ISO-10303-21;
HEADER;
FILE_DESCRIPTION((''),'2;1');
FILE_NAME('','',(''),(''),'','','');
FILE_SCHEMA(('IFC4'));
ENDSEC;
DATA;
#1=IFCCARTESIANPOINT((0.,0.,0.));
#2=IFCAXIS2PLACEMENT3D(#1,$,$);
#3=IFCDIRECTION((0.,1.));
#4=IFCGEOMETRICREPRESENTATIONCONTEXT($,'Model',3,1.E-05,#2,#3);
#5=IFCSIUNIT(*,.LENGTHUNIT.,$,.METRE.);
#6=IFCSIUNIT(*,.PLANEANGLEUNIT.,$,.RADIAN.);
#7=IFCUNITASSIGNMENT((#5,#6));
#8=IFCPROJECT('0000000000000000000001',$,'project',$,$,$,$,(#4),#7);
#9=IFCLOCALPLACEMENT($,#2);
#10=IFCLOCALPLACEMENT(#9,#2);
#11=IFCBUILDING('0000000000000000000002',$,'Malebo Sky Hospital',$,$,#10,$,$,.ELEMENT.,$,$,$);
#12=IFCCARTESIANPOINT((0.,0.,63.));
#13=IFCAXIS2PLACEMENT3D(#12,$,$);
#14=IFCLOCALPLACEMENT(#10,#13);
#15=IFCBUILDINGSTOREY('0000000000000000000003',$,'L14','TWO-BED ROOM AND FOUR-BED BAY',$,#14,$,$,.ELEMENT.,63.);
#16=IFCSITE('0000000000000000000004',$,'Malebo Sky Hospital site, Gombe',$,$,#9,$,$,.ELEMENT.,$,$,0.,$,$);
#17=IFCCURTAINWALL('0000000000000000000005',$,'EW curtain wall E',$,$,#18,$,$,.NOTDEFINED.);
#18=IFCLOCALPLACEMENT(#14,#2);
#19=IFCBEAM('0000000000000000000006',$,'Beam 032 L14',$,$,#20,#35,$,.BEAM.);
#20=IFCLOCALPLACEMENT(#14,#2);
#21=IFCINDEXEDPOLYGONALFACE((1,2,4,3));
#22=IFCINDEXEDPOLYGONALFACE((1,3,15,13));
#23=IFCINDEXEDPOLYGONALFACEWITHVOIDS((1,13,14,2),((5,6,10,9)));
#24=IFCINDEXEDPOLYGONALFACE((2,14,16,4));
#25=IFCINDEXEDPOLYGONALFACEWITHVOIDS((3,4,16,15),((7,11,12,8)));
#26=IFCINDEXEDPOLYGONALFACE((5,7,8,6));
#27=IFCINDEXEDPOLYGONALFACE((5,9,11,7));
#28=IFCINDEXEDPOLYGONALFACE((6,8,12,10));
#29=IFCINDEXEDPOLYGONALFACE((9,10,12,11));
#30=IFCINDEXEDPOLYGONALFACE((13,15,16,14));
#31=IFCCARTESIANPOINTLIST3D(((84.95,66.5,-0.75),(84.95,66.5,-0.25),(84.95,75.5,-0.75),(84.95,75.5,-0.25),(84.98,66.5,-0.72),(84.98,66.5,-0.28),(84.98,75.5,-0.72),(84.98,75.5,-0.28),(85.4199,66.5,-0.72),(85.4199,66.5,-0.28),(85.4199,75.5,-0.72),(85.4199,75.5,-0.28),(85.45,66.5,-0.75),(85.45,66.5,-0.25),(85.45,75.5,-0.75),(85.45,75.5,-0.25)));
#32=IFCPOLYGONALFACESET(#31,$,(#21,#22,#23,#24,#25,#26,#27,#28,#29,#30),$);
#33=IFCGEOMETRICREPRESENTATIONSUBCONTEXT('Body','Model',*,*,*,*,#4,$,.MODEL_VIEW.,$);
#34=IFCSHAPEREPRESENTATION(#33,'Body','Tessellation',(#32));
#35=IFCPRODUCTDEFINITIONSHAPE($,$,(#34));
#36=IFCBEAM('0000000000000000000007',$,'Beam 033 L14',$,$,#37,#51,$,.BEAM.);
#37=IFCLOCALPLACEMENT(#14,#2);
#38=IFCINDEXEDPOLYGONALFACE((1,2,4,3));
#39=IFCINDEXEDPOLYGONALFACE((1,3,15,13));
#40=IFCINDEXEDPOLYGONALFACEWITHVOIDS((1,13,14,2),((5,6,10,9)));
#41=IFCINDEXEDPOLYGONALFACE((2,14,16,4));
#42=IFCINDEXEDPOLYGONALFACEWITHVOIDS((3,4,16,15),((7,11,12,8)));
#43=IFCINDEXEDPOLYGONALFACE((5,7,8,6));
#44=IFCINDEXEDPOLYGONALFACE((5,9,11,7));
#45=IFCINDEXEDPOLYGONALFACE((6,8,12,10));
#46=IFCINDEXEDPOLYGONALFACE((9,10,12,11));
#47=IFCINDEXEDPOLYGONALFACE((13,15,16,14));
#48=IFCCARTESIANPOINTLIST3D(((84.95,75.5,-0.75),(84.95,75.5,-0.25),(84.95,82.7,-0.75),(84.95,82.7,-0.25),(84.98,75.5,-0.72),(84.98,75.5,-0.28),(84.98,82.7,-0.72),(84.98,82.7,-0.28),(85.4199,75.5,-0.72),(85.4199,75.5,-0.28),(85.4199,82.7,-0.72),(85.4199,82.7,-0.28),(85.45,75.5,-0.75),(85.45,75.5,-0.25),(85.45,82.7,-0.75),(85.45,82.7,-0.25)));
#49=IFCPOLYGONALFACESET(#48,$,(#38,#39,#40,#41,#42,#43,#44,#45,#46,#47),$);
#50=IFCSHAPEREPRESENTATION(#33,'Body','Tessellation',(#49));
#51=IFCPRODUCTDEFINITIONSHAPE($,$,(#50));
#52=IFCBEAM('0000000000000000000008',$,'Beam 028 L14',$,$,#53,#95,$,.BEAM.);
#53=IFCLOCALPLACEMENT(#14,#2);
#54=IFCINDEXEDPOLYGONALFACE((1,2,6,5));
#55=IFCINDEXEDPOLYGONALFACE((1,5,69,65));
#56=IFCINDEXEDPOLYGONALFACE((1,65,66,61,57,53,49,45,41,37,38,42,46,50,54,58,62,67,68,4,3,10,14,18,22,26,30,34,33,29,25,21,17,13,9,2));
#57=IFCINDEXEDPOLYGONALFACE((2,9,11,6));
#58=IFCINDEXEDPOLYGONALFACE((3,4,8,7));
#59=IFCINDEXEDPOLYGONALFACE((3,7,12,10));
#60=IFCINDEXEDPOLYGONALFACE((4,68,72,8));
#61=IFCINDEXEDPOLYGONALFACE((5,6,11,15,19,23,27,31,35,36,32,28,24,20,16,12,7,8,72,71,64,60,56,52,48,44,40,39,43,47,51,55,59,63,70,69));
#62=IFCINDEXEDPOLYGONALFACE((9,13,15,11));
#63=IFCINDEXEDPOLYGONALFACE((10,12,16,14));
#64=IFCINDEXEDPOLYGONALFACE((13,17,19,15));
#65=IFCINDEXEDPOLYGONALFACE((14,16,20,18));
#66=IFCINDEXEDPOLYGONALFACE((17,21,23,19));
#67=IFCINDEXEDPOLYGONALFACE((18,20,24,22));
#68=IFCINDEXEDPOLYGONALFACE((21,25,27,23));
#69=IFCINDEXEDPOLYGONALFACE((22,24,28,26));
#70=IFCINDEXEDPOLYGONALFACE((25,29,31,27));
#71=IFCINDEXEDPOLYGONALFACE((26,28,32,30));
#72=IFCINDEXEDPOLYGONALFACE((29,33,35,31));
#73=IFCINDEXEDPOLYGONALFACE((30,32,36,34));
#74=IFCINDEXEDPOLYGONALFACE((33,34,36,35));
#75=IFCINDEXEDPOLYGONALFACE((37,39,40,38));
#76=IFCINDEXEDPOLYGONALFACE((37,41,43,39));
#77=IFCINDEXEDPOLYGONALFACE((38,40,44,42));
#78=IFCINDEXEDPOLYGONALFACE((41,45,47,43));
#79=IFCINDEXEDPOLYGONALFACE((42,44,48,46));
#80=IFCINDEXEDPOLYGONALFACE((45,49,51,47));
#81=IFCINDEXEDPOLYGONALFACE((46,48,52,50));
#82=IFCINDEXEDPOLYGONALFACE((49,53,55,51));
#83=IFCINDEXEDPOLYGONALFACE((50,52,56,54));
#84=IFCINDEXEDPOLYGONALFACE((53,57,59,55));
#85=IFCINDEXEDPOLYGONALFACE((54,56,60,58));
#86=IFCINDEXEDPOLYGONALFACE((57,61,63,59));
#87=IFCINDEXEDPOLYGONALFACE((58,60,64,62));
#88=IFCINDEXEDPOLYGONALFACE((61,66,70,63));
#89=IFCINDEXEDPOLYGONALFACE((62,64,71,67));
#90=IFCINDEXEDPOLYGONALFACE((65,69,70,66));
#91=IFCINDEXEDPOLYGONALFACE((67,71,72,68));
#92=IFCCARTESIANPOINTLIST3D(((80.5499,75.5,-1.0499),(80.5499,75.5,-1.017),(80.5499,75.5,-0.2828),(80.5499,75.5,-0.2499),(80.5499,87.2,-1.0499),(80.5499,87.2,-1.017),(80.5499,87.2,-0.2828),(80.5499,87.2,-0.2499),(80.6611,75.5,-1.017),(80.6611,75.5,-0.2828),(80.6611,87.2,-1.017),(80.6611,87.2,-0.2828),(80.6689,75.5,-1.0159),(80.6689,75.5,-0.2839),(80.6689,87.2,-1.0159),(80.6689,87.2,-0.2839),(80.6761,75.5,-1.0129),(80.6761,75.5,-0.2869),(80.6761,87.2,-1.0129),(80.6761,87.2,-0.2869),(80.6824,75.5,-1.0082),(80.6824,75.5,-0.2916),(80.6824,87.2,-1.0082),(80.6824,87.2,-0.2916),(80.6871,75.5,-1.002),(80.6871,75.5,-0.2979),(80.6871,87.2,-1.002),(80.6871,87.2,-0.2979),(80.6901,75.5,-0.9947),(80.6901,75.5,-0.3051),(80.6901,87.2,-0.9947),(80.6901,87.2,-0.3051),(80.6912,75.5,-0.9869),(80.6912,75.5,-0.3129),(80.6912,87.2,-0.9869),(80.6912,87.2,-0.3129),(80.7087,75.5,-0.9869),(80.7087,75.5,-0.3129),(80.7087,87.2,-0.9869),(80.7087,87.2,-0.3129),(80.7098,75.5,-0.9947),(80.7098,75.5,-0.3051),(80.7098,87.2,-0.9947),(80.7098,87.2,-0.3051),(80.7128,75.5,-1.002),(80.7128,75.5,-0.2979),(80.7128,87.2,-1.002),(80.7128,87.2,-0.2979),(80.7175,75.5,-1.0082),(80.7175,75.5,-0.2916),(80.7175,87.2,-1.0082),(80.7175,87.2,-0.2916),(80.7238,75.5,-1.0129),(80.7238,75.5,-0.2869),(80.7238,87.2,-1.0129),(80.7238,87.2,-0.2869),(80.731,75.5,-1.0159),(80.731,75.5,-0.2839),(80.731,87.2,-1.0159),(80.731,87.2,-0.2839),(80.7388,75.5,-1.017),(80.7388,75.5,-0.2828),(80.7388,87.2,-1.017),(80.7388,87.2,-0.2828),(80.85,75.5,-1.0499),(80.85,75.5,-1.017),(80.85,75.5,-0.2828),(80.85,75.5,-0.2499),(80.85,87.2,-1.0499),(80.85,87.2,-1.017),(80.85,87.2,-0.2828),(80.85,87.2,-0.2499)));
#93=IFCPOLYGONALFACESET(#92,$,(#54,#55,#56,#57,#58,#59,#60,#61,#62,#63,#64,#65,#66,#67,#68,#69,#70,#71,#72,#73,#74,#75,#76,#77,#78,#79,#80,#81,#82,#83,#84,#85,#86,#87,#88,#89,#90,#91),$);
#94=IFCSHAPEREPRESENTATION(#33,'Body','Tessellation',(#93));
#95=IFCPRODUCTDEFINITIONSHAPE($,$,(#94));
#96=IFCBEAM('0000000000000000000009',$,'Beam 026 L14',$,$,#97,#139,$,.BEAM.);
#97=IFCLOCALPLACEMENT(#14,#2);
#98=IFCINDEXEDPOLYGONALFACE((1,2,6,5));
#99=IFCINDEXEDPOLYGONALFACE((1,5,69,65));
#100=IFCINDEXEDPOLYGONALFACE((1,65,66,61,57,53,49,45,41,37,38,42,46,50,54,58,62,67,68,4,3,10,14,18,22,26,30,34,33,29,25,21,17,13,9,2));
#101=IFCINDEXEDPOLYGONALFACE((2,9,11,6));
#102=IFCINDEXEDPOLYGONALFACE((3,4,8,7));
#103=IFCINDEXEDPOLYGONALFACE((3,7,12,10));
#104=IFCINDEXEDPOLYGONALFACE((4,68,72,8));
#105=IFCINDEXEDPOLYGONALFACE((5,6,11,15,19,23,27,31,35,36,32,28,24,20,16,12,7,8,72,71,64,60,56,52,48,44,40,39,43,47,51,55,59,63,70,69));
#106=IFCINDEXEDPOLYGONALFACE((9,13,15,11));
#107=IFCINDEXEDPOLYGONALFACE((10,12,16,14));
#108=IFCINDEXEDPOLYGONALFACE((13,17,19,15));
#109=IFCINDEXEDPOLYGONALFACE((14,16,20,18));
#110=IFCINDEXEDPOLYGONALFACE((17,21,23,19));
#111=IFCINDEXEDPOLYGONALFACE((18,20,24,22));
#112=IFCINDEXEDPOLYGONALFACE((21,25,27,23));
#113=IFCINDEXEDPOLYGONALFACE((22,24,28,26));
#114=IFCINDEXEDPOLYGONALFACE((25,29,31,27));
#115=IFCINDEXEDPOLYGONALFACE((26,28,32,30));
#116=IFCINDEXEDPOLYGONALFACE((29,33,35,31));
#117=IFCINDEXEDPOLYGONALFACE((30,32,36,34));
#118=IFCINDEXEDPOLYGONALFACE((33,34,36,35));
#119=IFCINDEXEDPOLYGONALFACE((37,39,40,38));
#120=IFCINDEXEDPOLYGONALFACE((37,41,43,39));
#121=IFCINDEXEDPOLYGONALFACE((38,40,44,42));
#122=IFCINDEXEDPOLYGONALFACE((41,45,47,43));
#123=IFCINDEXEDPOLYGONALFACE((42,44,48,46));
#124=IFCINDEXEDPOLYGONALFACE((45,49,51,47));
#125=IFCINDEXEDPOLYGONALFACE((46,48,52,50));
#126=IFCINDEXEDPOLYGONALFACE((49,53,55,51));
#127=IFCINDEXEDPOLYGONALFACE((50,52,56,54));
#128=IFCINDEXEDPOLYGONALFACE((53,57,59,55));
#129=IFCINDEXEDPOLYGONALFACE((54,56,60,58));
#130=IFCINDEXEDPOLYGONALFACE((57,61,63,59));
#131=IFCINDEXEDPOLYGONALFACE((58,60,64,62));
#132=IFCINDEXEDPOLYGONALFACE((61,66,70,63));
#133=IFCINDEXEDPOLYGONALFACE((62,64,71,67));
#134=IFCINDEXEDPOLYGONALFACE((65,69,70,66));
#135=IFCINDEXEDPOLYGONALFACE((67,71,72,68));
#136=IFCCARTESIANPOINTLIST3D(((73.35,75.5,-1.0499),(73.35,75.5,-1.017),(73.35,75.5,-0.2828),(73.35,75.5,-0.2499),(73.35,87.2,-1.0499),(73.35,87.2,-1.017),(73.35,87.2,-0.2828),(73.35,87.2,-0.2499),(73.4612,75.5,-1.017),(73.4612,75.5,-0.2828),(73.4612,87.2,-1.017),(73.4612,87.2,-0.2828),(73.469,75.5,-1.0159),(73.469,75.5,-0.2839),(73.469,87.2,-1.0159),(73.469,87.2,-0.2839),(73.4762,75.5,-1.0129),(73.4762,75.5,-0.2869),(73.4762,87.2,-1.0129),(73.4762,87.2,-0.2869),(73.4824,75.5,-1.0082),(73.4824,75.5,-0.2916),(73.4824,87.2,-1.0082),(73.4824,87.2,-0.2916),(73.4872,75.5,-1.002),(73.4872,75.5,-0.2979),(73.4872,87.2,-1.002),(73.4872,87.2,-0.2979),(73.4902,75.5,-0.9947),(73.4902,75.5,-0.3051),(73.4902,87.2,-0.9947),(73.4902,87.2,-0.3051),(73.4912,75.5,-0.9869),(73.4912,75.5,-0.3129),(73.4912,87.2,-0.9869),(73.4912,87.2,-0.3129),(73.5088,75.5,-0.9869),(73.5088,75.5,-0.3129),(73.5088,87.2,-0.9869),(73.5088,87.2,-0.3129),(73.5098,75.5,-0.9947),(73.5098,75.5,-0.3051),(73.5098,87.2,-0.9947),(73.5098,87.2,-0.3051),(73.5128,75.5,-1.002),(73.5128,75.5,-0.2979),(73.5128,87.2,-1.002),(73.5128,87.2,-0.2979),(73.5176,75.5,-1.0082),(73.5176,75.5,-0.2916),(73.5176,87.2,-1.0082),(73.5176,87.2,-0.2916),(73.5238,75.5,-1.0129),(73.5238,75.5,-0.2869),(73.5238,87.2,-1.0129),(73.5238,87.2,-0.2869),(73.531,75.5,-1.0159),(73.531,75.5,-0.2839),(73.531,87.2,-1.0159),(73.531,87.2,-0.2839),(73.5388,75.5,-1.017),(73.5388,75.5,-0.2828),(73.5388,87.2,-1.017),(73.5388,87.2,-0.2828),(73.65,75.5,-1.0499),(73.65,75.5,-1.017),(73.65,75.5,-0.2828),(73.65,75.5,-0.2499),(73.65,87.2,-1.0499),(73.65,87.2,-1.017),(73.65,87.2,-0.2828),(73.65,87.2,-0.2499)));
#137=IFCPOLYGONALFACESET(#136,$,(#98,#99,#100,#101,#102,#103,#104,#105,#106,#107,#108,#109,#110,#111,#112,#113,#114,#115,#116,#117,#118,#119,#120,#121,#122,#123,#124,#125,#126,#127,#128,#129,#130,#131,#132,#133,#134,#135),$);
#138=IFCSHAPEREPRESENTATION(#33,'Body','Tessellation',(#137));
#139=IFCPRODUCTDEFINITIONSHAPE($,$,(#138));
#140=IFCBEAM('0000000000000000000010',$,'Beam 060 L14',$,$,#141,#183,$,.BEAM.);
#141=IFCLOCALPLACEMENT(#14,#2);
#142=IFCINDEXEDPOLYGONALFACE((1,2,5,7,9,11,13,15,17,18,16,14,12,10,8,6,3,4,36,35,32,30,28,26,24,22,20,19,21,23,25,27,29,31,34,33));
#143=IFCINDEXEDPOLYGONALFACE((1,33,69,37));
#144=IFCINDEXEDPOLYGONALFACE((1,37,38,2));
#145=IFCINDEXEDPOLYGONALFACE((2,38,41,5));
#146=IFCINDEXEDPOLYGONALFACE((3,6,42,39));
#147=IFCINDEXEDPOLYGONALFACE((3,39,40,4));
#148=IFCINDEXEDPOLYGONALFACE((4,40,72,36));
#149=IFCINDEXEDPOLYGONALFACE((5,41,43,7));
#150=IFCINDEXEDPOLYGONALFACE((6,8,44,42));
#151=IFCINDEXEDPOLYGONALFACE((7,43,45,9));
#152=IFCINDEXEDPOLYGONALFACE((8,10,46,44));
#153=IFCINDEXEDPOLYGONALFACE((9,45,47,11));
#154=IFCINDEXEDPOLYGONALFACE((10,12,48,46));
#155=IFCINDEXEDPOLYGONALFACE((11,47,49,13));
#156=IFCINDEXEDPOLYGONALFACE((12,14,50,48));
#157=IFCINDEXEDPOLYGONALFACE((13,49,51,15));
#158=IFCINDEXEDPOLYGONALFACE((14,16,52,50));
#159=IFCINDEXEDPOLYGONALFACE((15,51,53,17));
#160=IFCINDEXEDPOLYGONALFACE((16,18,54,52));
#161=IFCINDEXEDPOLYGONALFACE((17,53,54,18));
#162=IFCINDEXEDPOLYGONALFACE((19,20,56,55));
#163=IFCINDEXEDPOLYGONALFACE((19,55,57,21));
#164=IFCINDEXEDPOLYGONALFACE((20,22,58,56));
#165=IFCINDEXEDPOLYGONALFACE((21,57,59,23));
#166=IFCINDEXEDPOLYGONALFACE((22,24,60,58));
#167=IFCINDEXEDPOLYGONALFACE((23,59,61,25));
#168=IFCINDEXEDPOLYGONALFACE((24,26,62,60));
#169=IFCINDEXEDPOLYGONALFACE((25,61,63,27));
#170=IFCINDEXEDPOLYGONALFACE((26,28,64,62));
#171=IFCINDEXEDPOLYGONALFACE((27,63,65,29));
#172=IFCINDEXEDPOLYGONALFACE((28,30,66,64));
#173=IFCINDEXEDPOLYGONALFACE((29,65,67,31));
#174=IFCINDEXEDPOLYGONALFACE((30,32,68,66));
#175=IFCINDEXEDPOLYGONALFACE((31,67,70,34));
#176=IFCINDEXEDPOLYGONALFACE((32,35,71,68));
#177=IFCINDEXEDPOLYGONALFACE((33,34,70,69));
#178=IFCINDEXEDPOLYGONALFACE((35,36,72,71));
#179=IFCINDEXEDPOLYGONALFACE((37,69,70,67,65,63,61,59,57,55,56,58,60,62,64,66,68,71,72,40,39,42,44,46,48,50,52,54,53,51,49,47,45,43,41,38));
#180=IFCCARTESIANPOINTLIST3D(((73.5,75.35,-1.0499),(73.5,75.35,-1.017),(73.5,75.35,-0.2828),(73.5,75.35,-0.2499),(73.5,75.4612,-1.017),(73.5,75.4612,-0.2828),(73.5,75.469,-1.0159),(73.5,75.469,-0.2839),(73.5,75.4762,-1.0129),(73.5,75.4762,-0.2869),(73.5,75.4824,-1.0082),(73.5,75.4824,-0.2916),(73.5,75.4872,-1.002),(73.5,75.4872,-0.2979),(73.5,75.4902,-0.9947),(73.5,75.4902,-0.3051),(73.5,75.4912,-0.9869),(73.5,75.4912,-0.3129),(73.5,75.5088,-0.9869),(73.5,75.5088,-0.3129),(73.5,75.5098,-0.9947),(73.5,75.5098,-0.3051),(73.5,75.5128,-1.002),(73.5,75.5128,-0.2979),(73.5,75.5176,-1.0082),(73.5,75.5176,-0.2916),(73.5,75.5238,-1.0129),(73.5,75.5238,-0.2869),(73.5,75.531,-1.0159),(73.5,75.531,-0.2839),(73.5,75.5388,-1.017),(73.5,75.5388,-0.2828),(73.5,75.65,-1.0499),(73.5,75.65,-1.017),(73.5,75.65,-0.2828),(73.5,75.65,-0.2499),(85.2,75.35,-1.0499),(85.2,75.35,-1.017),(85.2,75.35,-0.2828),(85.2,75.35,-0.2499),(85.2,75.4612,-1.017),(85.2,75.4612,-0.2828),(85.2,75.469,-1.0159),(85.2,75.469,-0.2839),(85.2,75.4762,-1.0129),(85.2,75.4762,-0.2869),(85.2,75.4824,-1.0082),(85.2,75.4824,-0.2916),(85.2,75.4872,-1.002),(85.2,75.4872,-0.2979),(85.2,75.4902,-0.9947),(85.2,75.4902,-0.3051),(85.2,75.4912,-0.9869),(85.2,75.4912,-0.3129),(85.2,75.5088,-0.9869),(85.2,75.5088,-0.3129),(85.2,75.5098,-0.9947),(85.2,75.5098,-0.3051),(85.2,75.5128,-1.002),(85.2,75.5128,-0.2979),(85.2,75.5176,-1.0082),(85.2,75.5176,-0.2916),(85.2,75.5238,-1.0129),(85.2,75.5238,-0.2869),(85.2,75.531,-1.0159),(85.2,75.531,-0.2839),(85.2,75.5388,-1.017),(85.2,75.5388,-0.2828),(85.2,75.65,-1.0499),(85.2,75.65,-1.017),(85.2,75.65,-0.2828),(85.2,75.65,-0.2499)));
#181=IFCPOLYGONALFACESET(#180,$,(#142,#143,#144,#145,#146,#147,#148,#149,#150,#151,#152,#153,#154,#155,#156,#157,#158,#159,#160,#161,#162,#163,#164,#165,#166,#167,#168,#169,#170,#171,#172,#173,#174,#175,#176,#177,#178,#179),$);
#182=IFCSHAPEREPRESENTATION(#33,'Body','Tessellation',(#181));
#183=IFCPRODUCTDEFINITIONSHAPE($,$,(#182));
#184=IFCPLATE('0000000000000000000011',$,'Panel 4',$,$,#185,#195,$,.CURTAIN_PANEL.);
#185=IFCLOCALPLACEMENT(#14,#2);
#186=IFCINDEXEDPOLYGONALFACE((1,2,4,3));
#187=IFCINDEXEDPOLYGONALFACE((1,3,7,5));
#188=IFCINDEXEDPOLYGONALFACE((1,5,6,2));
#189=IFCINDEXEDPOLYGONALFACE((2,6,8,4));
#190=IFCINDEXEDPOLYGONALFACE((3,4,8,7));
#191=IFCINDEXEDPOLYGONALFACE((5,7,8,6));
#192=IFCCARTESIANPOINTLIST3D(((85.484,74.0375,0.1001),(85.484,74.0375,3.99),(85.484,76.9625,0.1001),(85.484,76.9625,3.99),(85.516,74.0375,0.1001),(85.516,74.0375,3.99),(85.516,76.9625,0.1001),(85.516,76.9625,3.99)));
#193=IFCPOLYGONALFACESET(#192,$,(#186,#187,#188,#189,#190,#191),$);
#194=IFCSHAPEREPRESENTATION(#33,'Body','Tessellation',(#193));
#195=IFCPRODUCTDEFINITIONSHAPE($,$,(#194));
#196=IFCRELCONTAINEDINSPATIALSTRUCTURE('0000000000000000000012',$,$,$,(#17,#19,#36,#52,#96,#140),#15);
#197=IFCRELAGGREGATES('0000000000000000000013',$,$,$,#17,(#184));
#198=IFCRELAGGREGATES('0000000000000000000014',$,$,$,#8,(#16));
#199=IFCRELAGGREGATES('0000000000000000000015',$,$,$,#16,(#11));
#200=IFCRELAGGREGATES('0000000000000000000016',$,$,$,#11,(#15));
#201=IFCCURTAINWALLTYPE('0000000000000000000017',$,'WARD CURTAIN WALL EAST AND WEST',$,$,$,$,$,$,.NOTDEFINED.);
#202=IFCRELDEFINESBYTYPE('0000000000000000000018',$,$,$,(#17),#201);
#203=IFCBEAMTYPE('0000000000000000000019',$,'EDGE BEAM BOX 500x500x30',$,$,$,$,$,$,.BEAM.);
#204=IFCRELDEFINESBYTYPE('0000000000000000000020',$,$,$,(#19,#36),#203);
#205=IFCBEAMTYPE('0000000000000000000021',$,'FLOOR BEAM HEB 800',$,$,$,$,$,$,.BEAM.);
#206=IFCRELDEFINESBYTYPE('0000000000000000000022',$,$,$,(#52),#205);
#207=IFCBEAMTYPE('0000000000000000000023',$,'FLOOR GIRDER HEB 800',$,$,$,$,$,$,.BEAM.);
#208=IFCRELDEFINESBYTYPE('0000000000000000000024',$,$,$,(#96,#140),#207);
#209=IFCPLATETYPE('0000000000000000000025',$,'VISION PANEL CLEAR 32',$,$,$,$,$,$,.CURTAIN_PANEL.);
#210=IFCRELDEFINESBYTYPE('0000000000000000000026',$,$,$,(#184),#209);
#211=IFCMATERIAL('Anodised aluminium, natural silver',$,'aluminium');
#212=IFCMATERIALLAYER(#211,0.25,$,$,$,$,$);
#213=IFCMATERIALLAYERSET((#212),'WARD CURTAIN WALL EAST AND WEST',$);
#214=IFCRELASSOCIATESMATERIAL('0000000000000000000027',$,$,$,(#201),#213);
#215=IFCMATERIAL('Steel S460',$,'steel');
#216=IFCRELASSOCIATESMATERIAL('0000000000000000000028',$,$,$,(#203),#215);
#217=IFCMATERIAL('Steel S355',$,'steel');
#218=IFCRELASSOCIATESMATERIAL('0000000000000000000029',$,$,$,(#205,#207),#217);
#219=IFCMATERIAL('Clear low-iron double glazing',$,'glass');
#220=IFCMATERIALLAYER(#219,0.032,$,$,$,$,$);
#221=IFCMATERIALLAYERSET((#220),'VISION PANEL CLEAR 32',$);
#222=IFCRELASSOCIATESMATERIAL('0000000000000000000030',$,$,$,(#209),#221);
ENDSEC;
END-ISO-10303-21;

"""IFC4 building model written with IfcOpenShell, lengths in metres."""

from ifc_helpers import new_model, si_unit, direction, frame, origin, origin_2d, place, context, subcontext, project, spatial, rectangle, hollow_rectangle, i_section, extrude, material, layer, layer_set, material_profile, profile_set, type_object, element, aggregate, save


model = new_model("IFC4")

# Units and contexts
model_context = context("Model", 3, precision=1e-05, world=origin(), true_north=direction((0.0, 1.0)))
body_context = subcontext(model_context, "Body", "Model", "MODEL_VIEW")
ifc_project = project(units=[si_unit("LENGTHUNIT", "METRE"), si_unit("PLANEANGLEUNIT", "RADIAN")], contexts=[model_context])

# Site, building, storey
site_placement = place(None, origin())
site = spatial("IfcSite", under=ifc_project, at=site_placement, Name="Malebo Sky Hospital site, Gombe", CompositionType="ELEMENT", RefElevation=0.0)
building_placement = place(site_placement, origin())
building = spatial("IfcBuilding", under=site, at=building_placement, Name="Malebo Sky Hospital", CompositionType="ELEMENT")
storey_placement = place(building_placement, frame((0.0, 0.0, 63.0)))
storey = spatial("IfcBuildingStorey", under=building, at=storey_placement, Name="L14", Description="TWO-BED ROOM AND FOUR-BED BAY", CompositionType="ELEMENT", Elevation=63.0)

# Shared definitions
ifc_material_1 = material(Name="Steel S460", Category="steel")

# Curtain wall
ifc_material_2 = material(Name="Anodised aluminium, natural silver", Category="aluminium")
ifc_layer_1 = layer(ifc_material_2, 0.25)
ifc_layer_set_1 = layer_set([ifc_layer_1], Name="WARD CURTAIN WALL EAST AND WEST")
curtain_wall_type = type_object("IfcCurtainWallType", Name="WARD CURTAIN WALL EAST AND WEST", PredefinedType="NOTDEFINED", material=ifc_layer_set_1)
curtain_wall_placement = place(storey_placement, origin())
curtain_wall = element("IfcCurtainWall", 1, at=curtain_wall_placement, inside=storey, type_object=curtain_wall_type, Name="EW curtain wall E", PredefinedType="NOTDEFINED")

# Beams
ifc_material_profile_1 = material_profile(ifc_material_1, hollow_rectangle(XDim=0.5, YDim=0.5, WallThickness=0.03, at=origin_2d()), Name="BOX 500x500x30")
ifc_profile_set_1 = profile_set([ifc_material_profile_1], Name="Steel S460")
beam_type_1 = type_object("IfcBeamType", Name="EDGE BEAM BOX 500x500x30", PredefinedType="BEAM", material=ifc_profile_set_1)
beam_1_placement = place(storey_placement, frame((85.2, 66.5, -0.5), z_axis=(0.0, 1.0, 0.0), x_axis=(-1.0, 0.0, 0.0)))
element("IfcBeam", 2, at=beam_1_placement, inside=storey, type_object=beam_type_1, Name="Beam 032 L14", PredefinedType="BEAM", context=body_context, shape_type="SweptSolid", body=[
    extrude(hollow_rectangle(XDim=0.5, YDim=0.5, WallThickness=0.03, at=origin_2d()), origin(), (0.0, 0.0, 1.0), 9.0),
])
beam_2_placement = place(storey_placement, frame((85.2, 75.5, -0.5), z_axis=(0.0, 1.0, 0.0), x_axis=(-1.0, 0.0, 0.0)))
element("IfcBeam", 3, at=beam_2_placement, inside=storey, type_object=beam_type_1, Name="Beam 033 L14", PredefinedType="BEAM", context=body_context, shape_type="SweptSolid", body=[
    extrude(hollow_rectangle(XDim=0.5, YDim=0.5, WallThickness=0.03, at=origin_2d()), origin(), (0.0, 0.0, 1.0), 7.2),
])
ifc_material_3 = material(Name="Steel S355", Category="steel")
ifc_material_profile_2 = material_profile(ifc_material_3, i_section(OverallWidth=0.3, OverallDepth=0.8, WebThickness=0.0176, FlangeThickness=0.033, FilletRadius=0.03, at=origin_2d()), Name="HEB 800")
ifc_profile_set_2 = profile_set([ifc_material_profile_2], Name="Steel S355")
beam_type_2 = type_object("IfcBeamType", Name="FLOOR BEAM HEB 800", PredefinedType="BEAM", material=ifc_profile_set_2)
beam_3_placement = place(storey_placement, frame((80.7, 75.5, -0.6499), z_axis=(0.0, 1.0, 0.0), x_axis=(-1.0, 0.0, 0.0)))
element("IfcBeam", 4, at=beam_3_placement, inside=storey, type_object=beam_type_2, Name="Beam 028 L14", PredefinedType="BEAM", context=body_context, shape_type="SweptSolid", body=[
    extrude(i_section(OverallWidth=0.3, OverallDepth=0.8, WebThickness=0.0176, FlangeThickness=0.033, FilletRadius=0.03, at=origin_2d()), origin(), (0.0, 0.0, 1.0), 11.7),
])
ifc_material_profile_3 = material_profile(ifc_material_3, i_section(OverallWidth=0.3, OverallDepth=0.8, WebThickness=0.0176, FlangeThickness=0.033, FilletRadius=0.03, at=origin_2d()), Name="HEB 800")
ifc_profile_set_3 = profile_set([ifc_material_profile_3], Name="Steel S355")
beam_type_3 = type_object("IfcBeamType", Name="FLOOR GIRDER HEB 800", PredefinedType="BEAM", material=ifc_profile_set_3)
for number, where, z_axis, x_axis, name in (
    (5, (73.5, 75.5, -0.6499), (0.0, 1.0, 0.0), (-1.0, 0.0, 0.0), "Beam 026 L14"),
    (6, (73.5, 75.5, -0.6499), (1.0, 0.0, 0.0), (0.0, 1.0, 0.0), "Beam 060 L14"),
):
    element("IfcBeam", number, at=place(storey_placement, frame(where, z_axis=z_axis, x_axis=x_axis)), inside=storey, type_object=beam_type_3, Name=name, PredefinedType="BEAM", context=body_context, shape_type="SweptSolid", body=[
        extrude(i_section(OverallWidth=0.3, OverallDepth=0.8, WebThickness=0.0176, FlangeThickness=0.033, FilletRadius=0.03, at=origin_2d()), origin(), (0.0, 0.0, 1.0), 11.7),
    ])

# Plate
ifc_material_4 = material(Name="Clear low-iron double glazing", Category="glass")
ifc_layer_2 = layer(ifc_material_4, 0.032)
ifc_layer_set_2 = layer_set([ifc_layer_2], Name="VISION PANEL CLEAR 32")
plate_type = type_object("IfcPlateType", Name="VISION PANEL CLEAR 32", PredefinedType="CURTAIN_PANEL", material=ifc_layer_set_2)
plate_1_placement = place(storey_placement, frame((85.5, 75.5, 0.1001), z_axis=(0.0, 0.0, 1.0), x_axis=(0.0, -1.0, 0.0)))
plate_1 = element("IfcPlate", 7, at=plate_1_placement, type_object=plate_type, Name="Panel 4", PredefinedType="CURTAIN_PANEL", context=body_context, shape_type="SweptSolid", body=[
    extrude(rectangle(XDim=2.925, YDim=0.032, at=origin_2d()), origin(), (0.0, 0.0, 1.0), 3.8899),
])
aggregate(curtain_wall, [plate_1])

save(model, "model.ifc")
